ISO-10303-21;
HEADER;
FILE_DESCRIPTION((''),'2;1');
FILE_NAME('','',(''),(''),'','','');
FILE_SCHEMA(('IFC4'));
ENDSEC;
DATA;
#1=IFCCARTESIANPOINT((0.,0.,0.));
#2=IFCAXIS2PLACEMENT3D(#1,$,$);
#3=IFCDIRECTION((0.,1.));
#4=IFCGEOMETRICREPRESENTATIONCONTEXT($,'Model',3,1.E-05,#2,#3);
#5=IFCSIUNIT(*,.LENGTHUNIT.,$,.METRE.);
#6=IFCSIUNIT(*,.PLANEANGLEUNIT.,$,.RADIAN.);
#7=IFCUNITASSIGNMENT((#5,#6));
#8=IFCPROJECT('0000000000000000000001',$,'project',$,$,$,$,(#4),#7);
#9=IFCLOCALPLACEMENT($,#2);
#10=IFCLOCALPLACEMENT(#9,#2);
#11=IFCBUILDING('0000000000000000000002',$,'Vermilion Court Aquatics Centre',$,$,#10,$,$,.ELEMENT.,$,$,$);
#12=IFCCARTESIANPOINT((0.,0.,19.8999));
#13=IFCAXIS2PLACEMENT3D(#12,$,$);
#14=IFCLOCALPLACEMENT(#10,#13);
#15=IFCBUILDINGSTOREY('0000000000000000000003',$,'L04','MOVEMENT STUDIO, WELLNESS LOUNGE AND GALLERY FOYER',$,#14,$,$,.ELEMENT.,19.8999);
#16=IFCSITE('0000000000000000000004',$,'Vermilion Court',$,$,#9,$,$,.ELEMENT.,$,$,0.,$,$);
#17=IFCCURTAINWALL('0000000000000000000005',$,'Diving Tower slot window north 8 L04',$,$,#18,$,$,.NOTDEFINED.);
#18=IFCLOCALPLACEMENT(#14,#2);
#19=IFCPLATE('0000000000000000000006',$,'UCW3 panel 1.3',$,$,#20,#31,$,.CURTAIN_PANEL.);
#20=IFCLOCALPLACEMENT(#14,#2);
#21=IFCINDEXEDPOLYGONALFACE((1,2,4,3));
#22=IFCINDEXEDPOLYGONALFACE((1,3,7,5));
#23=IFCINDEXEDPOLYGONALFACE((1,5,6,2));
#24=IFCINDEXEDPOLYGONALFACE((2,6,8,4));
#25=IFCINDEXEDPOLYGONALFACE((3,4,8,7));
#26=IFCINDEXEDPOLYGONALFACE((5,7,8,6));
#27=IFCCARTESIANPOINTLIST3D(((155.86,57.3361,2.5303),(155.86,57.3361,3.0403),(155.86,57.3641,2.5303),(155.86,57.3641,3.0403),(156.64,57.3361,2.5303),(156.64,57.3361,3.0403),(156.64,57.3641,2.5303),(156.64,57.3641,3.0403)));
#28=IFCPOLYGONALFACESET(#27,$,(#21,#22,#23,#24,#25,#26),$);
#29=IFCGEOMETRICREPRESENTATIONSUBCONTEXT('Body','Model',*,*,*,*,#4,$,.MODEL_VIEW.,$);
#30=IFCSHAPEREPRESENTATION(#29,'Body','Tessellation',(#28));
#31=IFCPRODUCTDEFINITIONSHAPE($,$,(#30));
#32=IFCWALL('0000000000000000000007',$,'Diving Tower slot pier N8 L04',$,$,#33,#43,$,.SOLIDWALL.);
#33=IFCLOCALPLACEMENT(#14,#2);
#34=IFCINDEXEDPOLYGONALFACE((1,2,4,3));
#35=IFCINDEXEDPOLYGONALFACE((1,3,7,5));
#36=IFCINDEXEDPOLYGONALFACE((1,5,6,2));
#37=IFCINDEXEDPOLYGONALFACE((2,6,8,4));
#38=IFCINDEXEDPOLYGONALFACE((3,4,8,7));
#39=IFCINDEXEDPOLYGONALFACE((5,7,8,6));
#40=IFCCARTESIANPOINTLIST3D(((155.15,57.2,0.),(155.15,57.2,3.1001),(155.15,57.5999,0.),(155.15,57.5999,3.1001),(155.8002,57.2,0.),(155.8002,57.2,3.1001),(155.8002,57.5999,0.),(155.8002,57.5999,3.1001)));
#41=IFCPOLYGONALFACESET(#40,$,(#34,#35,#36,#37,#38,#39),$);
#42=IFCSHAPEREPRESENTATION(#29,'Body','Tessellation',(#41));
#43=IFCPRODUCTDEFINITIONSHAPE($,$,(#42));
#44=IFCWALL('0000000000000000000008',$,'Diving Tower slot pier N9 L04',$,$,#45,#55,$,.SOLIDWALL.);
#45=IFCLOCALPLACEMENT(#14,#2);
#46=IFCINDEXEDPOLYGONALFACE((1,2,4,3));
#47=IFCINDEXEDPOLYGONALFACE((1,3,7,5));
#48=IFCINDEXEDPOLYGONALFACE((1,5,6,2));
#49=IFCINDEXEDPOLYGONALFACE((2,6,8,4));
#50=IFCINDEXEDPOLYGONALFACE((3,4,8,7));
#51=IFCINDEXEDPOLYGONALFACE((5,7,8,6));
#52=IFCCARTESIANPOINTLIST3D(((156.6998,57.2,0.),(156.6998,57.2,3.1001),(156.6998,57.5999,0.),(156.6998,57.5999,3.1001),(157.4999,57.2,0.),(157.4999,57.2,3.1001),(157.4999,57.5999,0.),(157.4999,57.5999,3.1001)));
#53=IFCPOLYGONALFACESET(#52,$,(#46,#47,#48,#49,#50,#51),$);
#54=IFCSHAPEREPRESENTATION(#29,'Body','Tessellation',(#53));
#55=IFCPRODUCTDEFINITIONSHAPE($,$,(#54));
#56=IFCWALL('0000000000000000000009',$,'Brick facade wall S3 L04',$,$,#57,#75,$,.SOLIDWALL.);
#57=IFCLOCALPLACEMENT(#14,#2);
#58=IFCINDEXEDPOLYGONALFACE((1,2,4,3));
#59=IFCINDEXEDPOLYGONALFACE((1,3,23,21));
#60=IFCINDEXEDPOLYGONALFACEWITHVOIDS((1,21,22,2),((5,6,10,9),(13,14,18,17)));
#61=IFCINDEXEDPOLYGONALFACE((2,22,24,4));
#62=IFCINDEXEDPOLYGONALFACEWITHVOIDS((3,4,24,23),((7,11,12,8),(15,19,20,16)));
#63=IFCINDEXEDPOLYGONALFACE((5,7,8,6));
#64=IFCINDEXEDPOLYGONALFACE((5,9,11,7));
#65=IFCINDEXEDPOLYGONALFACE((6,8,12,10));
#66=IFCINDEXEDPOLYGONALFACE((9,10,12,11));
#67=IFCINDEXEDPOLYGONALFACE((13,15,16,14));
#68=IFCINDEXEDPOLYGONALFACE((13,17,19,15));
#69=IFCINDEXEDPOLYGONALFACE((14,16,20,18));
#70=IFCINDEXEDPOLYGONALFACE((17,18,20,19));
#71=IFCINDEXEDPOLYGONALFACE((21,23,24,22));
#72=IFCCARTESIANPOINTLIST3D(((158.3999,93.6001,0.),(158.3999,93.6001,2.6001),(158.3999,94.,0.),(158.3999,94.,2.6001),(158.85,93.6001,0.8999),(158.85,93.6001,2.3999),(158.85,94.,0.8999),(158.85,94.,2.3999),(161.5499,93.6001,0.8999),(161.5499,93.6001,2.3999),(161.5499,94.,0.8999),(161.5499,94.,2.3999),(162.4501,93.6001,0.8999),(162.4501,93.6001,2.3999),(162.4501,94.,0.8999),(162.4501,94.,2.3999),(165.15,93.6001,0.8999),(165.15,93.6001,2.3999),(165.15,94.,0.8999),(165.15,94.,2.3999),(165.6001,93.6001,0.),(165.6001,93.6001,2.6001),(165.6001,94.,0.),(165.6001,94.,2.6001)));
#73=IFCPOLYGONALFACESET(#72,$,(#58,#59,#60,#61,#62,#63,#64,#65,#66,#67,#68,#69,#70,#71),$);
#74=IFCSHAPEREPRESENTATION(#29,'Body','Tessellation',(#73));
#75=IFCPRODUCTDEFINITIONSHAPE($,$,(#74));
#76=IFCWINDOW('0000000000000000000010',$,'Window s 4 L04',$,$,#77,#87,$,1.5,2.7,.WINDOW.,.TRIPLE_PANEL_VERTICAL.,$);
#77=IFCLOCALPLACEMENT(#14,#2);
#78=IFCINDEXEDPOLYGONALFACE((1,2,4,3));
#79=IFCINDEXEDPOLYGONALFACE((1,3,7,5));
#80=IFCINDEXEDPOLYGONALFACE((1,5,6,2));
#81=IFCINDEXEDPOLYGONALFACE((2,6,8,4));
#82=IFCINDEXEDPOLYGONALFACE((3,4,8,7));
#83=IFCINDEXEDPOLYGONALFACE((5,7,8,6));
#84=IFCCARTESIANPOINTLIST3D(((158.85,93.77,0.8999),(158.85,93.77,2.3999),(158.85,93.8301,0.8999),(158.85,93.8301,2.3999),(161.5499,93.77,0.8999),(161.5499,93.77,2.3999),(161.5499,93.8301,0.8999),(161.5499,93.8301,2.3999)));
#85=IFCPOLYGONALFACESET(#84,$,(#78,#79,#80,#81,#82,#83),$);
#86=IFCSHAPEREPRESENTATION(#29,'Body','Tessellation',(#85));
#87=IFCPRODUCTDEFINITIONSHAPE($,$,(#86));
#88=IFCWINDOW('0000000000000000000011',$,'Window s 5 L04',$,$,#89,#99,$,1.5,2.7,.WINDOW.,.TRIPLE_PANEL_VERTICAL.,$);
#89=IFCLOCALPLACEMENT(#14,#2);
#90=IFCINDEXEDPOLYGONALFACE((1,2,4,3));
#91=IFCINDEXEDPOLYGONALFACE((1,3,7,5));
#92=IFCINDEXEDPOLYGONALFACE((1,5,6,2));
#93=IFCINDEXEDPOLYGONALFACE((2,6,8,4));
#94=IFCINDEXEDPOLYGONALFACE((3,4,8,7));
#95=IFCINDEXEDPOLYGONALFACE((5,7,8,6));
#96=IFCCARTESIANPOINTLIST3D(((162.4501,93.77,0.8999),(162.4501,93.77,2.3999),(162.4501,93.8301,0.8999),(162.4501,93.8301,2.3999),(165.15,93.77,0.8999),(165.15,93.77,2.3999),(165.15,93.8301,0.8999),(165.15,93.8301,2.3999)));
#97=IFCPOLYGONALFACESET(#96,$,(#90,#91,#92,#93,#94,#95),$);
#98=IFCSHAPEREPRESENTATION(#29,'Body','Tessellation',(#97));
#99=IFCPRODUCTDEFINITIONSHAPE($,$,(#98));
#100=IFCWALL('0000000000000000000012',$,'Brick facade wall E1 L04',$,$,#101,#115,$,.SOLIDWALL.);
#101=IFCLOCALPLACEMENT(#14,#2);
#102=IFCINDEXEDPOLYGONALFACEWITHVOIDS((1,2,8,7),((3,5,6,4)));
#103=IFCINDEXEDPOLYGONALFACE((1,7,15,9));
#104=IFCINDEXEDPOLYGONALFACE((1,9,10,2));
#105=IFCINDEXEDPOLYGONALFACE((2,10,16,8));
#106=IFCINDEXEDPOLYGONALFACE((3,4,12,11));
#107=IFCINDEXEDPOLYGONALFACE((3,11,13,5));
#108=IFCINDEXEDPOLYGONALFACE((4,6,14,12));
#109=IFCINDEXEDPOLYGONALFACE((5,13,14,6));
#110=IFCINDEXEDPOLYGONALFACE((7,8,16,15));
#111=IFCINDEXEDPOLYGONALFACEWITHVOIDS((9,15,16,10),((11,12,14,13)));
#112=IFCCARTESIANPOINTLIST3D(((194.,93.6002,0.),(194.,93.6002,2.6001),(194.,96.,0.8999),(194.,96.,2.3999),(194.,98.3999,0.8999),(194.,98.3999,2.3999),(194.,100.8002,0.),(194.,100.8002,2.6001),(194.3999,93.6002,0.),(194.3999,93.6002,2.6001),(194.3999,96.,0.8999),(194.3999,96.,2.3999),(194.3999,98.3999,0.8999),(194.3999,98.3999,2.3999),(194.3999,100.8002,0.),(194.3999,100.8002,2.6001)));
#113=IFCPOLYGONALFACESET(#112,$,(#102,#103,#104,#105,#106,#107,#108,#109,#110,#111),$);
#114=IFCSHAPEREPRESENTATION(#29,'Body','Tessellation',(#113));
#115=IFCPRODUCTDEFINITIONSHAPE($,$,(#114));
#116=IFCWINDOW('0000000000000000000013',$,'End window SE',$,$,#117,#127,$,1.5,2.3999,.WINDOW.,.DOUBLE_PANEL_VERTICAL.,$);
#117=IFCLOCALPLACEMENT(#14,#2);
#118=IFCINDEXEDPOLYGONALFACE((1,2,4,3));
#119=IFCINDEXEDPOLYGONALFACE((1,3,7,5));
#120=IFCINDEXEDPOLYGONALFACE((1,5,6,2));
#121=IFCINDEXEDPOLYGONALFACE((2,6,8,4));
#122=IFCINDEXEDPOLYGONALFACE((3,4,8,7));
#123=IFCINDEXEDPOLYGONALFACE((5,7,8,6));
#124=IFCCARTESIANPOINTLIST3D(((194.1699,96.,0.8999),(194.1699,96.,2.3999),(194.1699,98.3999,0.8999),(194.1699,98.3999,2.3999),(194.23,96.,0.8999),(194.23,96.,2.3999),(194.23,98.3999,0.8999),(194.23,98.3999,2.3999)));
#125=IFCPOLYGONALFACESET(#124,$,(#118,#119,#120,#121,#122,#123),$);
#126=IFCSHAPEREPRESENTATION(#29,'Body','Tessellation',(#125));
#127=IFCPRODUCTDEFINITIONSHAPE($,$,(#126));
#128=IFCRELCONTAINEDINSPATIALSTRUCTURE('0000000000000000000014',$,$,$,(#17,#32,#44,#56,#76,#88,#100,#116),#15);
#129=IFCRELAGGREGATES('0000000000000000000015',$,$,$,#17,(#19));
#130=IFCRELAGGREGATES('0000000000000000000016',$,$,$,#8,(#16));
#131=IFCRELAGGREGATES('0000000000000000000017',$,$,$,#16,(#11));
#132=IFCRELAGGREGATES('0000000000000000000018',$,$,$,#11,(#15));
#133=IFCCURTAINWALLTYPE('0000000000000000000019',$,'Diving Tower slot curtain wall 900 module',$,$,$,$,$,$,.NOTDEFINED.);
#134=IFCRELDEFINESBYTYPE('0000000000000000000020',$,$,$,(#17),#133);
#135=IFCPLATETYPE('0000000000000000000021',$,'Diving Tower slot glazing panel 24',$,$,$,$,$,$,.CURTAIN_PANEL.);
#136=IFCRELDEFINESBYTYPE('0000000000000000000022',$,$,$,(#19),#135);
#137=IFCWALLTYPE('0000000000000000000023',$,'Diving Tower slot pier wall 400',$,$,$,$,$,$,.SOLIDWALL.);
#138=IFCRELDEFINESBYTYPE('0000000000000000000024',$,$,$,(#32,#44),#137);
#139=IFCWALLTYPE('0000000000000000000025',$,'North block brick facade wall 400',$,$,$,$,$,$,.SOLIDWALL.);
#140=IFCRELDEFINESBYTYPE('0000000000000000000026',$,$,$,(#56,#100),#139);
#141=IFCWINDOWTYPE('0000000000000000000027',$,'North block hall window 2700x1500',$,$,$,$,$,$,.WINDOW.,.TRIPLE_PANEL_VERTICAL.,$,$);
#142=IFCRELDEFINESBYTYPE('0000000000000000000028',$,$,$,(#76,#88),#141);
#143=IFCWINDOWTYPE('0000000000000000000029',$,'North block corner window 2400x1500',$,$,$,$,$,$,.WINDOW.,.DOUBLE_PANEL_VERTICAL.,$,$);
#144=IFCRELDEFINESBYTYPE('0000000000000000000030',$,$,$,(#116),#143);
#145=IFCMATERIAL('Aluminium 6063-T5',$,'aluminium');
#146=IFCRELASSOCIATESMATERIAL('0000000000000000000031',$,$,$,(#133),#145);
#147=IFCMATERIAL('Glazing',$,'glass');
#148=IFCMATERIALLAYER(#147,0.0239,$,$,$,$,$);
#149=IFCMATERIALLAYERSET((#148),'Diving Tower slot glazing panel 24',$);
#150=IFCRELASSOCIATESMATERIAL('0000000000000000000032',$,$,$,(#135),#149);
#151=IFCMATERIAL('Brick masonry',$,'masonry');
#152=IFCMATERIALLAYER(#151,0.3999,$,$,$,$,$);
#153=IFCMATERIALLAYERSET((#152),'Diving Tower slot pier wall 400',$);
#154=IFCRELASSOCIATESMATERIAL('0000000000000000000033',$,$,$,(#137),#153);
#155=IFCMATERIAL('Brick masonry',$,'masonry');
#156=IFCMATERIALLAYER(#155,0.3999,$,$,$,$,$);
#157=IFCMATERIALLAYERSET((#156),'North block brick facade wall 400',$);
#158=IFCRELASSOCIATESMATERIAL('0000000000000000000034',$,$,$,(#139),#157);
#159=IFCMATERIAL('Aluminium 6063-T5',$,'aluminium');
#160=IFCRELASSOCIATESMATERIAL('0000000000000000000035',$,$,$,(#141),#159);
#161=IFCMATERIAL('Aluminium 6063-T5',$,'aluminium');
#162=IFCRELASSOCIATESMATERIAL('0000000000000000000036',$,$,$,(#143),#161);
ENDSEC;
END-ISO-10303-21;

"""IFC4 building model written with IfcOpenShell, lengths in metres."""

from ifc_helpers import new_model, si_unit, direction, frame, frame_2d, origin, origin_2d, place, context, subcontext, project, spatial, rectangle, extrude, material, layer, layer_set, type_object, element, fill, aggregate, save


model = new_model("IFC4")

# Units and contexts
model_context = context("Model", 3, precision=1e-05, world=origin(), true_north=direction((0.0, 1.0)))
body_context = subcontext(model_context, "Body", "Model", "MODEL_VIEW")
ifc_project = project(units=[si_unit("LENGTHUNIT", "METRE"), si_unit("PLANEANGLEUNIT", "RADIAN")], contexts=[model_context])

# Site, building, storey
site_placement = place(None, origin())
site = spatial("IfcSite", under=ifc_project, at=site_placement, Name="Vermilion Court", CompositionType="ELEMENT", RefElevation=0.0)
building_placement = place(site_placement, origin())
building = spatial("IfcBuilding", under=site, at=building_placement, Name="Vermilion Court Aquatics Centre", CompositionType="ELEMENT")
storey_placement = place(building_placement, frame((0.0, 0.0, 19.8999)))
storey = spatial("IfcBuildingStorey", under=building, at=storey_placement, Name="L04", Description="MOVEMENT STUDIO, WELLNESS LOUNGE AND GALLERY FOYER", CompositionType="ELEMENT", Elevation=19.8999)

# Curtain wall
ifc_material_1 = material(Name="Aluminium 6063-T5", Category="aluminium")
curtain_wall_type = type_object("IfcCurtainWallType", Name="Diving Tower slot curtain wall 900 module", PredefinedType="NOTDEFINED", material=ifc_material_1)
curtain_wall_placement = place(storey_placement, origin())
curtain_wall = element("IfcCurtainWall", 1, at=curtain_wall_placement, inside=storey, type_object=curtain_wall_type, Name="Diving Tower slot window north 8 L04", PredefinedType="NOTDEFINED")

# Plate
ifc_material_2 = material(Name="Glazing", Category="glass")
ifc_layer_1 = layer(ifc_material_2, 0.0239)
ifc_layer_set_1 = layer_set([ifc_layer_1], Name="Diving Tower slot glazing panel 24")
plate_type = type_object("IfcPlateType", Name="Diving Tower slot glazing panel 24", PredefinedType="CURTAIN_PANEL", material=ifc_layer_set_1)
plate_1_placement = place(storey_placement, frame((156.25, 57.3501, 2.5303), z_axis=(0.0, 0.0, 1.0), x_axis=(1.0, 0.0, 0.0)))
plate_1 = element("IfcPlate", 2, at=plate_1_placement, type_object=plate_type, Name="UCW3 panel 1.3", PredefinedType="CURTAIN_PANEL", context=body_context, shape_type="SweptSolid", body=[
    extrude(rectangle(XDim=0.78, YDim=0.0281, at=origin_2d()), origin(), (0.0, 0.0, 1.0), 0.51),
])
aggregate(curtain_wall, [plate_1])

# Walls
ifc_material_3 = material(Name="Brick masonry", Category="masonry")
ifc_layer_2 = layer(ifc_material_3, 0.3999)
ifc_layer_set_2 = layer_set([ifc_layer_2], Name="Diving Tower slot pier wall 400")
wall_type_1 = type_object("IfcWallType", Name="Diving Tower slot pier wall 400", PredefinedType="SOLIDWALL", material=ifc_layer_set_2)
wall_1_placement = place(storey_placement, frame((155.1499, 57.3999, 0.0), z_axis=(0.0, 0.0, 1.0), x_axis=(1.0, 0.0, 0.0)))
element("IfcWall", 3, at=wall_1_placement, inside=storey, type_object=wall_type_1, Name="Diving Tower slot pier N8 L04", PredefinedType="SOLIDWALL", context=body_context, shape_type="SweptSolid", body=[
    extrude(rectangle(XDim=0.6501, YDim=0.3999, at=frame_2d((0.3252, 0.0))), origin(), (0.0, 0.0, 1.0), 3.1001),
])
wall_2_placement = place(storey_placement, frame((156.7, 57.3999, 0.0), z_axis=(0.0, 0.0, 1.0), x_axis=(1.0, 0.0, 0.0)))
element("IfcWall", 4, at=wall_2_placement, inside=storey, type_object=wall_type_1, Name="Diving Tower slot pier N9 L04", PredefinedType="SOLIDWALL", context=body_context, shape_type="SweptSolid", body=[
    extrude(rectangle(XDim=0.8, YDim=0.3999, at=frame_2d((0.3999, 0.0))), origin(), (0.0, 0.0, 1.0), 3.1001),
])

# Wall, openings, windows
ifc_material_4 = material(Name="Brick masonry", Category="masonry")
ifc_layer_3 = layer(ifc_material_4, 0.3999)
ifc_layer_set_3 = layer_set([ifc_layer_3], Name="North block brick facade wall 400")
wall_type_2 = type_object("IfcWallType", Name="North block brick facade wall 400", PredefinedType="SOLIDWALL", material=ifc_layer_set_3)
wall_3_placement = place(storey_placement, frame((158.3999, 93.8, 0.0), z_axis=(0.0, 0.0, 1.0), x_axis=(1.0, 0.0, 0.0)))
wall_3 = element("IfcWall", 5, at=wall_3_placement, inside=storey, type_object=wall_type_2, Name="Brick facade wall S3 L04", PredefinedType="SOLIDWALL", context=body_context, shape_type="SweptSolid", body=[
    extrude(rectangle(XDim=7.2002, YDim=0.3999, at=frame_2d((3.6001, 0.0))), origin(), (0.0, 0.0, 1.0), 2.6001),
])
opening_1_placement = place(wall_3_placement, frame((0.45, 0.0, 0.8999)))
opening_1 = element("IfcOpeningElement", 6, at=opening_1_placement, cuts=wall_3, PredefinedType="OPENING", context=body_context, shape_type="SweptSolid", body=[
    extrude(rectangle(XDim=2.7, YDim=1.5, at=frame_2d((1.3501, 0.75))), frame((0.0, 0.21, 0.0), z_axis=(0.0, -1.0, 0.0), x_axis=(1.0, 0.0, 0.0)), (0.0, 0.0, 1.0), 0.4199),
])
opening_2_placement = place(wall_3_placement, frame((4.05, 0.0, 0.8999)))
opening_2 = element("IfcOpeningElement", 7, at=opening_2_placement, cuts=wall_3, PredefinedType="OPENING", context=body_context, shape_type="SweptSolid", body=[
    extrude(rectangle(XDim=2.7, YDim=1.5, at=frame_2d((1.3501, 0.75))), frame((0.0, 0.21, 0.0), z_axis=(0.0, -1.0, 0.0), x_axis=(1.0, 0.0, 0.0)), (0.0, 0.0, 1.0), 0.4199),
])
ifc_material_5 = material(Name="Aluminium 6063-T5", Category="aluminium")
window_type_1 = type_object("IfcWindowType", Name="North block hall window 2700x1500", PartitioningType="TRIPLE_PANEL_VERTICAL", PredefinedType="WINDOW", material=ifc_material_5)
window_1_placement = place(opening_1_placement, origin())
window_1 = element("IfcWindow", 8, at=window_1_placement, inside=storey, type_object=window_type_1, Name="Window s 4 L04", OverallHeight=1.5, OverallWidth=2.7, PartitioningType="TRIPLE_PANEL_VERTICAL", PredefinedType="WINDOW", context=body_context, shape_type="SweptSolid", body=[
    extrude(rectangle(XDim=2.7, YDim=1.5, at=frame_2d((1.3501, 0.75))), frame((0.0, 0.03, 0.0), z_axis=(0.0, -1.0, 0.0), x_axis=(1.0, 0.0, 0.0)), (0.0, 0.0, 1.0), 0.0601),
])
fill(opening_1, window_1)
window_2_placement = place(opening_2_placement, origin())
window_2 = element("IfcWindow", 9, at=window_2_placement, inside=storey, type_object=window_type_1, Name="Window s 5 L04", OverallHeight=1.5, OverallWidth=2.7, PartitioningType="TRIPLE_PANEL_VERTICAL", PredefinedType="WINDOW", context=body_context, shape_type="SweptSolid", body=[
    extrude(rectangle(XDim=2.7, YDim=1.5, at=frame_2d((1.3501, 0.75))), frame((0.0, 0.03, 0.0), z_axis=(0.0, -1.0, 0.0), x_axis=(1.0, 0.0, 0.0)), (0.0, 0.0, 1.0), 0.0601),
])
fill(opening_2, window_2)

# Wall, opening, window
wall_4_placement = place(storey_placement, frame((194.2, 93.6001, 0.0), z_axis=(0.0, 0.0, 1.0), x_axis=(0.0, 1.0, 0.0)))
wall_4 = element("IfcWall", 10, at=wall_4_placement, inside=storey, type_object=wall_type_2, Name="Brick facade wall E1 L04", PredefinedType="SOLIDWALL", context=body_context, shape_type="SweptSolid", body=[
    extrude(rectangle(XDim=7.2, YDim=0.3999, at=frame_2d((3.6001, 0.0))), origin(), (0.0, 0.0, 1.0), 2.6001),
])
opening_3_placement = place(wall_4_placement, frame((2.3999, 0.0, 0.8999)))
opening_3 = element("IfcOpeningElement", 11, at=opening_3_placement, cuts=wall_4, PredefinedType="OPENING", context=body_context, shape_type="SweptSolid", body=[
    extrude(rectangle(XDim=2.3999, YDim=1.5, at=frame_2d((1.2, 0.75))), frame((0.0, 0.21, 0.0), z_axis=(0.0, -1.0, 0.0), x_axis=(1.0, 0.0, 0.0)), (0.0, 0.0, 1.0), 0.4199),
])
ifc_material_6 = material(Name="Aluminium 6063-T5", Category="aluminium")
window_type_2 = type_object("IfcWindowType", Name="North block corner window 2400x1500", PartitioningType="DOUBLE_PANEL_VERTICAL", PredefinedType="WINDOW", material=ifc_material_6)
window_3_placement = place(opening_3_placement, origin())
window_3 = element("IfcWindow", 12, at=window_3_placement, inside=storey, type_object=window_type_2, Name="End window SE", OverallHeight=1.5, OverallWidth=2.3999, PartitioningType="DOUBLE_PANEL_VERTICAL", PredefinedType="WINDOW", context=body_context, shape_type="SweptSolid", body=[
    extrude(rectangle(XDim=2.3999, YDim=1.5, at=frame_2d((1.2, 0.75))), frame((0.0, 0.03, 0.0), z_axis=(0.0, -1.0, 0.0), x_axis=(1.0, 0.0, 0.0)), (0.0, 0.0, 1.0), 0.0601),
])
fill(opening_3, window_3)

save(model, "model.ifc")
